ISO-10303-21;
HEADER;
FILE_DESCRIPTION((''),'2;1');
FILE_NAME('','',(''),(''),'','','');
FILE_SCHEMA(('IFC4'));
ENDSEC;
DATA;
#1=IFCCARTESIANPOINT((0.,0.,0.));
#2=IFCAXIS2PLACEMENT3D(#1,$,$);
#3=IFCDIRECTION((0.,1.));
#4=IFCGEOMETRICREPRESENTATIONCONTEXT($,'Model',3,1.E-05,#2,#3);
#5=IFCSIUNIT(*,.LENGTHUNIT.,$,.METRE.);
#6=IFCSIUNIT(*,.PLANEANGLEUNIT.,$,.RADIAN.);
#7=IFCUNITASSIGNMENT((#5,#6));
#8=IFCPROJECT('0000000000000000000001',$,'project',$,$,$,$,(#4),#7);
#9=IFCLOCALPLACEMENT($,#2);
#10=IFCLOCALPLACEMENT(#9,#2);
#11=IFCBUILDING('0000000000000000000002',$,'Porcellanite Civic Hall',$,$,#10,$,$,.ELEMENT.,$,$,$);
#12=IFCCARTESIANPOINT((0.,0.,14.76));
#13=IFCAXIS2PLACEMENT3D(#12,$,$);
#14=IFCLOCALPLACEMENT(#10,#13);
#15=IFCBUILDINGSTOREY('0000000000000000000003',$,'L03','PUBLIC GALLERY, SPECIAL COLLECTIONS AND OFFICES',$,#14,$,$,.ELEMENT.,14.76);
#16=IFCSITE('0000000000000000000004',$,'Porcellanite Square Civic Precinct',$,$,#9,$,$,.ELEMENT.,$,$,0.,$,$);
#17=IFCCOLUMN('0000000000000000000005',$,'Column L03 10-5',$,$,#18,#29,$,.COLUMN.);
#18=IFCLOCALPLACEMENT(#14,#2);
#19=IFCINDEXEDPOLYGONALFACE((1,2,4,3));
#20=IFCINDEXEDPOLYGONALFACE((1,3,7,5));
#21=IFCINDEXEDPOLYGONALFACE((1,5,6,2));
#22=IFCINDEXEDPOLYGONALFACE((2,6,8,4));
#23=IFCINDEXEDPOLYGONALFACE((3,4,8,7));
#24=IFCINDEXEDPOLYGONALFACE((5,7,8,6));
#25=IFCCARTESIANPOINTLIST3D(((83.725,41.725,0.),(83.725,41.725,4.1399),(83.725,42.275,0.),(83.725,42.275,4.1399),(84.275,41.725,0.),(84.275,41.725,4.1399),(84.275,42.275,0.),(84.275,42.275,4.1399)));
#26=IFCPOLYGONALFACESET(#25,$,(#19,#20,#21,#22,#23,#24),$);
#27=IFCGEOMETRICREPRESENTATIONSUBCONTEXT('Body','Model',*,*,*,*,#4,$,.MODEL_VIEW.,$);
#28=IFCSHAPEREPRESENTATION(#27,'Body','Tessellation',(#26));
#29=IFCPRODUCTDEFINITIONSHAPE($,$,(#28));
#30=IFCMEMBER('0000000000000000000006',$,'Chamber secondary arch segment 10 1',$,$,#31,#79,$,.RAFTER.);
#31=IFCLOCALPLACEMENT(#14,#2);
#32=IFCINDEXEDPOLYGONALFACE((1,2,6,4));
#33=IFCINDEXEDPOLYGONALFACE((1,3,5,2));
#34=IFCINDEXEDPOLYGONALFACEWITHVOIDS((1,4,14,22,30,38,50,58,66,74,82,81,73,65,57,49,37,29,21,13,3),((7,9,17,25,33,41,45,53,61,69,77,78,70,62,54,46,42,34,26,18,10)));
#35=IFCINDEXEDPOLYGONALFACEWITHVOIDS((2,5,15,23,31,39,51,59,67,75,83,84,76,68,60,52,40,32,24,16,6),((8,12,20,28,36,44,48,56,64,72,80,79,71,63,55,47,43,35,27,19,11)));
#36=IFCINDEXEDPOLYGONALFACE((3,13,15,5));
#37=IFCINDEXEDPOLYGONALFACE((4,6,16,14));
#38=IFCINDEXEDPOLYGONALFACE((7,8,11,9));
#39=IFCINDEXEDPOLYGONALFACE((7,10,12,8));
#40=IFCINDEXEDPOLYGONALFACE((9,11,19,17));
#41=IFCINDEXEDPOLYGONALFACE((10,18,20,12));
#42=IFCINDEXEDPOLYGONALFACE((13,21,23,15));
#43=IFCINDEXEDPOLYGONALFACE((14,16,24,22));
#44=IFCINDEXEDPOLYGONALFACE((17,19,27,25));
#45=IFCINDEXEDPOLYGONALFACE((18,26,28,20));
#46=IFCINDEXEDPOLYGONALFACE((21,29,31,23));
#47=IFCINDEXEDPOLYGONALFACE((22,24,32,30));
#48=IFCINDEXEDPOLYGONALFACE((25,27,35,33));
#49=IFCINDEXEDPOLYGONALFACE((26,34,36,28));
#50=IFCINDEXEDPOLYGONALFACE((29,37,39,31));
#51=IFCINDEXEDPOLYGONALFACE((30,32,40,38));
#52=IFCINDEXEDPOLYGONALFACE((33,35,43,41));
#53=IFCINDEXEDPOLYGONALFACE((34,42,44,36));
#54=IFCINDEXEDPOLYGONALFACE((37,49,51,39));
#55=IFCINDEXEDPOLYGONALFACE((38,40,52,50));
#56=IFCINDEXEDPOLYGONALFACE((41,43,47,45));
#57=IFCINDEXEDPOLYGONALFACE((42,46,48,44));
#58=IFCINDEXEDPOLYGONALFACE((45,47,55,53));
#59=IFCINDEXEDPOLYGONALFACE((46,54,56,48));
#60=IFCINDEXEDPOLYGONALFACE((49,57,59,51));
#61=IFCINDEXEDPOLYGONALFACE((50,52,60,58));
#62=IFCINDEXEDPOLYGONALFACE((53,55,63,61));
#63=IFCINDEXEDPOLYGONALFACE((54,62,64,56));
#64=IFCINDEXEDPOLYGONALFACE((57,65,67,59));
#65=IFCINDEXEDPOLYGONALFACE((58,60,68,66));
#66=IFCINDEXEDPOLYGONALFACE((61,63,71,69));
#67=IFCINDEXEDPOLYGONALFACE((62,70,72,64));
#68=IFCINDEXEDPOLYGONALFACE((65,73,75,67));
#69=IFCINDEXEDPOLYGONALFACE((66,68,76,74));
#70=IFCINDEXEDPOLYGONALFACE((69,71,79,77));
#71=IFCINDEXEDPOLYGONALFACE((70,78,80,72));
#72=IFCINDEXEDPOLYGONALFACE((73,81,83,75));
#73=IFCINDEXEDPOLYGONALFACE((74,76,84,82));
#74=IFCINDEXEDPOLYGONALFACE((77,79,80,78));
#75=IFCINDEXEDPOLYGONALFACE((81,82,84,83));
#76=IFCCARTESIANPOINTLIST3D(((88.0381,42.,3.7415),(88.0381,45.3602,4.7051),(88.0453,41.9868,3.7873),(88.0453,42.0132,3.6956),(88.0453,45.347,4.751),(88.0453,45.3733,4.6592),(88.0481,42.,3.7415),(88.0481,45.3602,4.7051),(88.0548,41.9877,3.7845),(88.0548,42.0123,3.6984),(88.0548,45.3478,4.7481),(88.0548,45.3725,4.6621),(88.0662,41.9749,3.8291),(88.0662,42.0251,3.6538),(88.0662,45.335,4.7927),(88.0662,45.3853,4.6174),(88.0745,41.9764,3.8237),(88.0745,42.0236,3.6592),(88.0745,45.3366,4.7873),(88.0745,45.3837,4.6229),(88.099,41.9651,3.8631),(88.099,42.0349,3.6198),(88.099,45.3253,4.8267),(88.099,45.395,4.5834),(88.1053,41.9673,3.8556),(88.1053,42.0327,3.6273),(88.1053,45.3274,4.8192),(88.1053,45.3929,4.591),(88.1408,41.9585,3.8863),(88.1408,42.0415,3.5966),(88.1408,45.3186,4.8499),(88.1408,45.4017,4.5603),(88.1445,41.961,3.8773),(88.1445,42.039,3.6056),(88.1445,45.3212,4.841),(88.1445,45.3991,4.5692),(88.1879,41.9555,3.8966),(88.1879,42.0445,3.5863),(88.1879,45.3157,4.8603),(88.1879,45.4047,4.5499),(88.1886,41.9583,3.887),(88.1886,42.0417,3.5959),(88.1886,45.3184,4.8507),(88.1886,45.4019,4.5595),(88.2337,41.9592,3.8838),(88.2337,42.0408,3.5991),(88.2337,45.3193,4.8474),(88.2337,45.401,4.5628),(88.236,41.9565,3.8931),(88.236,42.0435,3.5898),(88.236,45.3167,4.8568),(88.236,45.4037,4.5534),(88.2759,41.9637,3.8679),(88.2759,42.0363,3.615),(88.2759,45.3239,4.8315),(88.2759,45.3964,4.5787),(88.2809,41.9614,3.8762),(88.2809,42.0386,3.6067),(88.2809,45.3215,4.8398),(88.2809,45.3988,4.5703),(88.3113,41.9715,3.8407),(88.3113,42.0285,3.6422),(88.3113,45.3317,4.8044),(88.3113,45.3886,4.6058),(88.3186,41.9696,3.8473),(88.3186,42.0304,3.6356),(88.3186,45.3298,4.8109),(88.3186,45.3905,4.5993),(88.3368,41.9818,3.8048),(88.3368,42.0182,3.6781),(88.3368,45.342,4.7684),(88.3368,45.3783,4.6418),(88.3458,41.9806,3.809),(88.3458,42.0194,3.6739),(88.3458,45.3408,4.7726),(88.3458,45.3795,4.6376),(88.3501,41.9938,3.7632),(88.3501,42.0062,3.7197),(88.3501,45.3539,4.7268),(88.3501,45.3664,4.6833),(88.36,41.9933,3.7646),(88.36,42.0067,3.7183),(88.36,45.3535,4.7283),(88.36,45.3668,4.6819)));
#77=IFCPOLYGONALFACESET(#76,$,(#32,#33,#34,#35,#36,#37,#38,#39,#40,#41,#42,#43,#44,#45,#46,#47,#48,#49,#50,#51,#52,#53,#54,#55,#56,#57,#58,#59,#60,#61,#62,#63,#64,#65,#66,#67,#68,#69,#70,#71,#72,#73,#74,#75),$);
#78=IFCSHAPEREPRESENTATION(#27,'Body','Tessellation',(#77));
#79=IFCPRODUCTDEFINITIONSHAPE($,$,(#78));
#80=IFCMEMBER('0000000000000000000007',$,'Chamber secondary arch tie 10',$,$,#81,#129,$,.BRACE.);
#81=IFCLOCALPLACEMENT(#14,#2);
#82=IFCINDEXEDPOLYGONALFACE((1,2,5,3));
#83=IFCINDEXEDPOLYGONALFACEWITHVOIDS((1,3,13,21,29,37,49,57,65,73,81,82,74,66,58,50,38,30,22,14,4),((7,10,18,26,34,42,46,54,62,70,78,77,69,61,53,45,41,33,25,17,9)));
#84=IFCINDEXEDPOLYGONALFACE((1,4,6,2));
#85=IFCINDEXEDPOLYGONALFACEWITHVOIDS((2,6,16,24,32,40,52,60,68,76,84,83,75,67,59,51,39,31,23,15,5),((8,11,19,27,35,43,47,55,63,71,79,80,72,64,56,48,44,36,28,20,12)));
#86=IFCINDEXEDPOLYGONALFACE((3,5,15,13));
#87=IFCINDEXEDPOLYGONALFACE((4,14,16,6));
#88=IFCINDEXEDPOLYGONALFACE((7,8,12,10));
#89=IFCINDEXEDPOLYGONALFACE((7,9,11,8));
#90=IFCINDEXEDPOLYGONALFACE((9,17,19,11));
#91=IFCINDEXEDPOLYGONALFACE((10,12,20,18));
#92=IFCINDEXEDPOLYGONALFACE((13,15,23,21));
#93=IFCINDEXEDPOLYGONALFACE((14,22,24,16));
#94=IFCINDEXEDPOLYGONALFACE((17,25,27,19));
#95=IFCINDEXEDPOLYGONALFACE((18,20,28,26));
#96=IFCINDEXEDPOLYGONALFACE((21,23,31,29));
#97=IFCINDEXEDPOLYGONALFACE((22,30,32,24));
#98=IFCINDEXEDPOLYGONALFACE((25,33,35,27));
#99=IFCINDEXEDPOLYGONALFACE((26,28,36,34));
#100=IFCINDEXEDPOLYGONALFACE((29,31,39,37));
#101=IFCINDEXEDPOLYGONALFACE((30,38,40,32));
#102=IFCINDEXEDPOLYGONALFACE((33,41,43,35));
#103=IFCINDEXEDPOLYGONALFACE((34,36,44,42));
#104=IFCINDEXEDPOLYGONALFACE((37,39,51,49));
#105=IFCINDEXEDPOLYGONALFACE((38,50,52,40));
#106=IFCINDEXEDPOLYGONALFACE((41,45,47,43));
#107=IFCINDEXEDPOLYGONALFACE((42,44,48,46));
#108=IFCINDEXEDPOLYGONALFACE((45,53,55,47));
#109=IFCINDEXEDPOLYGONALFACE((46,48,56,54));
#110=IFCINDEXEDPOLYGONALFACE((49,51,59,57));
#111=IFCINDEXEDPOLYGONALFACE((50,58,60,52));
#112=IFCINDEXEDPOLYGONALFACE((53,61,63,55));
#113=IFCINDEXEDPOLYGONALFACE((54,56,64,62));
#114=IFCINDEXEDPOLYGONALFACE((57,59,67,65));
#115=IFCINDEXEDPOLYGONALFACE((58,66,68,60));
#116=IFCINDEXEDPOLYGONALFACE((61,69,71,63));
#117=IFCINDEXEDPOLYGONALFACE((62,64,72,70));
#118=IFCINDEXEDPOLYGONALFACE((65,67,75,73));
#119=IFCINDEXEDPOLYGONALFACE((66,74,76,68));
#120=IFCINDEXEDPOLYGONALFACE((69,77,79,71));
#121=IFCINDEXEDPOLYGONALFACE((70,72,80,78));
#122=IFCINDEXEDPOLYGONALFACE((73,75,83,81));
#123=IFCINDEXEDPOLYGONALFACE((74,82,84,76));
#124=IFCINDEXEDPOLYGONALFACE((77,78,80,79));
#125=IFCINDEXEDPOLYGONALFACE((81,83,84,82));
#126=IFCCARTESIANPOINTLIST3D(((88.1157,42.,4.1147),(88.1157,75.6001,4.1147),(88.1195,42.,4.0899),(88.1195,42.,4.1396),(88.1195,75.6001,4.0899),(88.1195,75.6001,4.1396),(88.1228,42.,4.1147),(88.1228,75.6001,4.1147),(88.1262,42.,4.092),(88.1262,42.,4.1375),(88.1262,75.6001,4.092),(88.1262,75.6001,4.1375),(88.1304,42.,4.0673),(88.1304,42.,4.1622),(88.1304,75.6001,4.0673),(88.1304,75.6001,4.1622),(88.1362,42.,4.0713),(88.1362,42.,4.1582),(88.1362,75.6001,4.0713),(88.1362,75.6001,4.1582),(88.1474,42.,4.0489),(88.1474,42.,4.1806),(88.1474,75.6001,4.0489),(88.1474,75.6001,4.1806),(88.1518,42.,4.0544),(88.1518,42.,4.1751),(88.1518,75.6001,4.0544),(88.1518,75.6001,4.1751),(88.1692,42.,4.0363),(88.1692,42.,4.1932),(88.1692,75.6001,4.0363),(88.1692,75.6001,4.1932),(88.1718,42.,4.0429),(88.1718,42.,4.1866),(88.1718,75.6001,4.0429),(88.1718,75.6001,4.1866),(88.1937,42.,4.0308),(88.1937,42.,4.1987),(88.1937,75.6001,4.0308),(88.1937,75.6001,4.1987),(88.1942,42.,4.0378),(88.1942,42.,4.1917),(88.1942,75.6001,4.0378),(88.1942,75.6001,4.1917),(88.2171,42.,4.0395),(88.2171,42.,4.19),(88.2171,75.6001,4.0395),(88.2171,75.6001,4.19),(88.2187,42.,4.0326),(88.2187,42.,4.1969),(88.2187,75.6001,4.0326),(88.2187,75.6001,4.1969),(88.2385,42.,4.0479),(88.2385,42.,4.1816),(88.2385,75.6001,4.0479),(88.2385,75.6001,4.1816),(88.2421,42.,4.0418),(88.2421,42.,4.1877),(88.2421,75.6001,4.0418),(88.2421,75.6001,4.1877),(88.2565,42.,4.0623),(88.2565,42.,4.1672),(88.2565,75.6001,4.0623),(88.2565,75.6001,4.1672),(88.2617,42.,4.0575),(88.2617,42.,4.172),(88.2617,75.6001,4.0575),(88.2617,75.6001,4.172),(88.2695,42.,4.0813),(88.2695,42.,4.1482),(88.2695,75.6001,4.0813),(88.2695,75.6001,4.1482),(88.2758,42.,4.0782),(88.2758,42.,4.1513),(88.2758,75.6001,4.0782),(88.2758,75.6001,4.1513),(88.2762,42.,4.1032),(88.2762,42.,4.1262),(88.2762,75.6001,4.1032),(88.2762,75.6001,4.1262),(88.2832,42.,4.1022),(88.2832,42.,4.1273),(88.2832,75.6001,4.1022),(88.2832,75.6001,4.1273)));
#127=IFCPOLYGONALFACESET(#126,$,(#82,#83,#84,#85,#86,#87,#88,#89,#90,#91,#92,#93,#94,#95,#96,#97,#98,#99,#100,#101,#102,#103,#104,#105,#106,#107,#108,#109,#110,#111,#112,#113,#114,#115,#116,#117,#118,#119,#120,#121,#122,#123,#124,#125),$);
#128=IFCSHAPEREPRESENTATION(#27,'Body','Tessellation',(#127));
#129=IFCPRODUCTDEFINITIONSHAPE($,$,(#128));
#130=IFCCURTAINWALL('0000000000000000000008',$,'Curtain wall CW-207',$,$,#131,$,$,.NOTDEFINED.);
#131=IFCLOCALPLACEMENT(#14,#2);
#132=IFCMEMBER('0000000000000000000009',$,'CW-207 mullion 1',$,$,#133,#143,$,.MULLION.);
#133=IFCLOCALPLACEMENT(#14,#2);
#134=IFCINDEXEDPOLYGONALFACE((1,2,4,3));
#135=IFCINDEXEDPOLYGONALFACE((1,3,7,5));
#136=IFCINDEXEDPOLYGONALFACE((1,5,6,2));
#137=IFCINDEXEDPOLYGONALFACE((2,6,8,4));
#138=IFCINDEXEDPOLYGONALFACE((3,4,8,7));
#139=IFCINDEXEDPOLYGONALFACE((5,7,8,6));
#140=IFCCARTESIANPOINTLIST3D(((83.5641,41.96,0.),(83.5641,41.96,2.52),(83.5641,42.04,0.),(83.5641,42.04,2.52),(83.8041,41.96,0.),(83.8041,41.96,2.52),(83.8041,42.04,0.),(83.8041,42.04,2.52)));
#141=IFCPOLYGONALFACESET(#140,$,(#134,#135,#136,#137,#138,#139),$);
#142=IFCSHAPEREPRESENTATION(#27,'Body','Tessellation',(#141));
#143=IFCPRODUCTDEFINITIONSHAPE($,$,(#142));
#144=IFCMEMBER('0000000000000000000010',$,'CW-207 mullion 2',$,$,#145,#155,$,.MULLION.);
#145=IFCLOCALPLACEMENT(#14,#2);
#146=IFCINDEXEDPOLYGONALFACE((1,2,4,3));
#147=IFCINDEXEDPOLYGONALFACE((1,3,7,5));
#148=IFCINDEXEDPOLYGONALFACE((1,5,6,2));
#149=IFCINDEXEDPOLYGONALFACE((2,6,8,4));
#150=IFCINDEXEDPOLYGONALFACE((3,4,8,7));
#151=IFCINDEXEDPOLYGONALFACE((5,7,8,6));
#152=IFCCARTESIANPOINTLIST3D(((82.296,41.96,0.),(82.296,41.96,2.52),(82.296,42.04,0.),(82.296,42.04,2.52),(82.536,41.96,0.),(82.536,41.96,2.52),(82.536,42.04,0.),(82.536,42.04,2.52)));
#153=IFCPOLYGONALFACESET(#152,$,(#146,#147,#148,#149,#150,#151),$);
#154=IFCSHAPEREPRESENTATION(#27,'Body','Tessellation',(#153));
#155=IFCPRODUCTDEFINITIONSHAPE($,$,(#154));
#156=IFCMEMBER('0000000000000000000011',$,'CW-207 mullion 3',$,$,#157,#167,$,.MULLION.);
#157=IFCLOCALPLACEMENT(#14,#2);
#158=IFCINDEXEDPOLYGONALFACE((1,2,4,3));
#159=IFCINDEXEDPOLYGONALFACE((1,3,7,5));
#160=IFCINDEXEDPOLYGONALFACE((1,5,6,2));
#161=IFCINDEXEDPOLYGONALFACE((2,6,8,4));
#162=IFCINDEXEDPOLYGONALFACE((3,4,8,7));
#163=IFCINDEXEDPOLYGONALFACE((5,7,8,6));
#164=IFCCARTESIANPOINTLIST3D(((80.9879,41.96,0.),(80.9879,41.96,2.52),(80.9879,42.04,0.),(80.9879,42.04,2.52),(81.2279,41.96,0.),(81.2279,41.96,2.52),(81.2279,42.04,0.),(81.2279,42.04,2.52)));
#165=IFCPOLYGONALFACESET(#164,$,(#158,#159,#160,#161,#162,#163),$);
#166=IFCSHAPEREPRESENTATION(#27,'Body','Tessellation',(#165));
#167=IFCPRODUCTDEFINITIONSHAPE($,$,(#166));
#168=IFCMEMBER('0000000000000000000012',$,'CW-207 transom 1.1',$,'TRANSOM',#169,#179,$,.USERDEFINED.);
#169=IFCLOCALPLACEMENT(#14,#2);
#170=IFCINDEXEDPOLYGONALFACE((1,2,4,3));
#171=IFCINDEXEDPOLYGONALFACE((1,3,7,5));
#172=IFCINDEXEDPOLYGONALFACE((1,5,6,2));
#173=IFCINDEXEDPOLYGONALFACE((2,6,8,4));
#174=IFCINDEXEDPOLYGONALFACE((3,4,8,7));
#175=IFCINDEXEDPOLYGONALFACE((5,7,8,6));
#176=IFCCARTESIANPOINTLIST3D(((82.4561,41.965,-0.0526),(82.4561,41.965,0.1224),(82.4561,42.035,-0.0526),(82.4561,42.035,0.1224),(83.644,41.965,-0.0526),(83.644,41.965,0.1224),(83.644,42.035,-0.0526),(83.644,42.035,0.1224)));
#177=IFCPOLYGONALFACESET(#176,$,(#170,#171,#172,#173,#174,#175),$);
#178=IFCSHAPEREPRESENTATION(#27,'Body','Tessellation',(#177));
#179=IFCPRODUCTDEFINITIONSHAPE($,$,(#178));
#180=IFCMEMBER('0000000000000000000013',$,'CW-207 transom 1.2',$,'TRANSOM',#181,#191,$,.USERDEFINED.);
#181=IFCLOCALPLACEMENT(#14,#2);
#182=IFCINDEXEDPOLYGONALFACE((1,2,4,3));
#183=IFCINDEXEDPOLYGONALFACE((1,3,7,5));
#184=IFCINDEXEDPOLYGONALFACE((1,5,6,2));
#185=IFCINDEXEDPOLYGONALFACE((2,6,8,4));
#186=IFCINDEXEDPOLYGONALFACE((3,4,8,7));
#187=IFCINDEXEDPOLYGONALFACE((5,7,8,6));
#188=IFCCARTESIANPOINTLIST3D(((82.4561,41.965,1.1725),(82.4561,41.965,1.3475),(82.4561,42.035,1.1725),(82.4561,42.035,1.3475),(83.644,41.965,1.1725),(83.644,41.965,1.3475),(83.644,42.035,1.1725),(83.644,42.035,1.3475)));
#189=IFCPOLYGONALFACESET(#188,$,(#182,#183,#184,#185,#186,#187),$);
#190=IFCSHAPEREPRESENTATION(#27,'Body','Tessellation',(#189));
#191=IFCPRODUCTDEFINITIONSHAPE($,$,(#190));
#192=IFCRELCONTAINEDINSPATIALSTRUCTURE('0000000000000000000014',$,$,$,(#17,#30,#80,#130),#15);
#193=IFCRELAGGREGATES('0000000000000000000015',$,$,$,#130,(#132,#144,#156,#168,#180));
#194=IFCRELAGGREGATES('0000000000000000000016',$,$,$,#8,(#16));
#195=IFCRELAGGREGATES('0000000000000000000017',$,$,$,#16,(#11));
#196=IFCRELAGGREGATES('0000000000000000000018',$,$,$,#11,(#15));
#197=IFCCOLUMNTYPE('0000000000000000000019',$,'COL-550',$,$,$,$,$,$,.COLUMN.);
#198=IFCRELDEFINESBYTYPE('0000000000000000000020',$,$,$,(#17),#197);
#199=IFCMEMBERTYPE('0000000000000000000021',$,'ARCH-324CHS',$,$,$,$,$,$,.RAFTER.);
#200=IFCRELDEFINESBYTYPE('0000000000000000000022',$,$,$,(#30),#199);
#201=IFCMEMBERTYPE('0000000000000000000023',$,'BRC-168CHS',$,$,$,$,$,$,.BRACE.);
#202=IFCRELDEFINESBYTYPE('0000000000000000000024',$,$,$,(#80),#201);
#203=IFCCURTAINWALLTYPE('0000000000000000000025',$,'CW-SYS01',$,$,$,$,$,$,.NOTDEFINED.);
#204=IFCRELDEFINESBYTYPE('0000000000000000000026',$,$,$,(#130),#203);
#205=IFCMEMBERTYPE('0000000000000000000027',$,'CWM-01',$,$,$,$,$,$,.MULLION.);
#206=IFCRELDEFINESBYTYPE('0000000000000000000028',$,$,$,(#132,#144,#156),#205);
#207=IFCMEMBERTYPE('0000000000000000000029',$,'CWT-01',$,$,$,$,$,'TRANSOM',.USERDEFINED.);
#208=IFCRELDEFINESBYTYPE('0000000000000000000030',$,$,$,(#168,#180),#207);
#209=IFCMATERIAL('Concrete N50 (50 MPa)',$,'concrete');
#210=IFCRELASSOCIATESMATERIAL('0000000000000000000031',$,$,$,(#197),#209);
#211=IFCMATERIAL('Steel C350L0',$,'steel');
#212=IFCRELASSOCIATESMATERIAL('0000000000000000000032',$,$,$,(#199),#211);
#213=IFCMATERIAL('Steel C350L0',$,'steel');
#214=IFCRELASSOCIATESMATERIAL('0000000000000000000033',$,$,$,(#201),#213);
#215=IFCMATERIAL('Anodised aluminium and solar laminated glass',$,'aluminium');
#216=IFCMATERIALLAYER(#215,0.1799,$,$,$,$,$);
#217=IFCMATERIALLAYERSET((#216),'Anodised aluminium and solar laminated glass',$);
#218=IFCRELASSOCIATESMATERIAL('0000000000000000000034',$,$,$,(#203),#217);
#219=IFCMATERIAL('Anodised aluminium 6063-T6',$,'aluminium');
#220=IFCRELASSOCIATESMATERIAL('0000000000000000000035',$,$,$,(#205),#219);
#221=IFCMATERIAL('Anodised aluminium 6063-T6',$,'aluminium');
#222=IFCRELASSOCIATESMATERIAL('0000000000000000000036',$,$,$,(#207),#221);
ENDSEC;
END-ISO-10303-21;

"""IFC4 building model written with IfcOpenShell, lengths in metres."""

from ifc_helpers import new_model, si_unit, direction, frame, origin, origin_2d, place, context, subcontext, project, spatial, rectangle, hollow_circle, extrude, material, layer, layer_set, material_profile, profile_set, type_object, element, aggregate, save


model = new_model("IFC4")

# Units and contexts
model_context = context("Model", 3, precision=1e-05, world=origin(), true_north=direction((0.0, 1.0)))
body_context = subcontext(model_context, "Body", "Model", "MODEL_VIEW")
ifc_project = project(units=[si_unit("LENGTHUNIT", "METRE"), si_unit("PLANEANGLEUNIT", "RADIAN")], contexts=[model_context])

# Site, building, storey
site_placement = place(None, origin())
site = spatial("IfcSite", under=ifc_project, at=site_placement, Name="Porcellanite Square Civic Precinct", CompositionType="ELEMENT", RefElevation=0.0)
building_placement = place(site_placement, origin())
building = spatial("IfcBuilding", under=site, at=building_placement, Name="Porcellanite Civic Hall", CompositionType="ELEMENT")
storey_placement = place(building_placement, frame((0.0, 0.0, 14.76)))
storey = spatial("IfcBuildingStorey", under=building, at=storey_placement, Name="L03", Description="PUBLIC GALLERY, SPECIAL COLLECTIONS AND OFFICES", CompositionType="ELEMENT", Elevation=14.76)

# Column
ifc_material_1 = material(Name="Concrete N50 (50 MPa)", Category="concrete")
ifc_material_profile_1 = material_profile(ifc_material_1, rectangle(XDim=0.55, YDim=0.55, at=origin_2d()), Name="RC-550x550")
ifc_profile_set_1 = profile_set([ifc_material_profile_1], Name="Concrete N50 (50 MPa)")
column_type = type_object("IfcColumnType", Name="COL-550", PredefinedType="COLUMN", material=ifc_profile_set_1)
column_placement = place(storey_placement, frame((84.0, 42.0, 0.0), z_axis=(0.0, 0.0, 1.0), x_axis=(1.0, 0.0, 0.0)))
element("IfcColumn", 1, at=column_placement, inside=storey, type_object=column_type, Name="Column L03 10-5", PredefinedType="COLUMN", context=body_context, shape_type="SweptSolid", body=[
    extrude(rectangle(XDim=0.55, YDim=0.55, at=origin_2d()), origin(), (0.0, 0.0, 1.0), 4.1399),
])

# Members
ifc_material_2 = material(Name="Steel C350L0", Category="steel")
ifc_material_profile_2 = material_profile(ifc_material_2, hollow_circle(Radius=0.1619, WallThickness=0.01, at=origin_2d()), Name="323.9x10.0CHS")
ifc_profile_set_2 = profile_set([ifc_material_profile_2], Name="Steel C350L0")
member_type_1 = type_object("IfcMemberType", Name="ARCH-324CHS", PredefinedType="RAFTER", material=ifc_profile_set_2)
member_1_placement = place(storey_placement, frame((88.2, 42.0, 3.7415), z_axis=(0.0, 0.961252, 0.275671), x_axis=(-1.0, 0.0, 0.0)))
element("IfcMember", 2, at=member_1_placement, inside=storey, type_object=member_type_1, Name="Chamber secondary arch segment 10 1", PredefinedType="RAFTER", context=body_context, shape_type="SweptSolid", body=[
    extrude(hollow_circle(Radius=0.1619, WallThickness=0.01, at=origin_2d()), origin(), (0.0, 0.0, 1.0), 3.4956),
])
ifc_material_3 = material(Name="Steel C350L0", Category="steel")
ifc_material_profile_3 = material_profile(ifc_material_3, hollow_circle(Radius=0.0842, WallThickness=0.0071, at=origin_2d()), Name="168.3x7.1CHS")
ifc_profile_set_3 = profile_set([ifc_material_profile_3], Name="Steel C350L0")
member_type_2 = type_object("IfcMemberType", Name="BRC-168CHS", PredefinedType="BRACE", material=ifc_profile_set_3)
member_2_placement = place(storey_placement, frame((88.2, 42.0, 4.1147), z_axis=(0.0, 1.0, 0.0), x_axis=(-1.0, 0.0, 0.0)))
element("IfcMember", 3, at=member_2_placement, inside=storey, type_object=member_type_2, Name="Chamber secondary arch tie 10", PredefinedType="BRACE", context=body_context, shape_type="SweptSolid", body=[
    extrude(hollow_circle(Radius=0.0842, WallThickness=0.0071, at=origin_2d()), origin(), (0.0, 0.0, 1.0), 33.6001),
])

# Curtain wall, members
ifc_material_4 = material(Name="Anodised aluminium and solar laminated glass", Category="aluminium")
ifc_layer_1 = layer(ifc_material_4, 0.1799)
ifc_layer_set_1 = layer_set([ifc_layer_1], Name="Anodised aluminium and solar laminated glass")
curtain_wall_type = type_object("IfcCurtainWallType", Name="CW-SYS01", PredefinedType="NOTDEFINED", material=ifc_layer_set_1)
curtain_wall_placement = place(storey_placement, origin())
curtain_wall = element("IfcCurtainWall", 4, at=curtain_wall_placement, inside=storey, type_object=curtain_wall_type, Name="Curtain wall CW-207", PredefinedType="NOTDEFINED")
ifc_material_5 = material(Name="Anodised aluminium 6063-T6", Category="aluminium")
ifc_material_profile_4 = material_profile(ifc_material_5, rectangle(XDim=0.0801, YDim=0.24, at=origin_2d()), Name="AL-80x240")
ifc_profile_set_4 = profile_set([ifc_material_profile_4], Name="Anodised aluminium 6063-T6")
member_type_3 = type_object("IfcMemberType", Name="CWM-01", PredefinedType="MULLION", material=ifc_profile_set_4)
member_3_placement = place(storey_placement, frame((83.6841, 42.0, 0.0), z_axis=(0.0, 0.0, 1.0), x_axis=(0.0, -1.0, 0.0)))
member_3 = element("IfcMember", 5, at=member_3_placement, type_object=member_type_3, Name="CW-207 mullion 1", PredefinedType="MULLION", context=body_context, shape_type="SweptSolid", body=[
    extrude(rectangle(XDim=0.0801, YDim=0.24, at=origin_2d()), origin(), (0.0, 0.0, 1.0), 2.52),
])
member_4_placement = place(storey_placement, frame((82.416, 42.0, 0.0), z_axis=(0.0, 0.0, 1.0), x_axis=(0.0, -1.0, 0.0)))
member_4 = element("IfcMember", 6, at=member_4_placement, type_object=member_type_3, Name="CW-207 mullion 2", PredefinedType="MULLION", context=body_context, shape_type="SweptSolid", body=[
    extrude(rectangle(XDim=0.0801, YDim=0.24, at=origin_2d()), origin(), (0.0, 0.0, 1.0), 2.52),
])
member_5_placement = place(storey_placement, frame((81.1079, 42.0, 0.0), z_axis=(0.0, 0.0, 1.0), x_axis=(0.0, -1.0, 0.0)))
member_5 = element("IfcMember", 7, at=member_5_placement, type_object=member_type_3, Name="CW-207 mullion 3", PredefinedType="MULLION", context=body_context, shape_type="SweptSolid", body=[
    extrude(rectangle(XDim=0.0801, YDim=0.24, at=origin_2d()), origin(), (0.0, 0.0, 1.0), 2.52),
])
ifc_material_6 = material(Name="Anodised aluminium 6063-T6", Category="aluminium")
ifc_material_profile_5 = material_profile(ifc_material_6, rectangle(XDim=0.0701, YDim=0.175, at=origin_2d()), Name="AL-70x175")
ifc_profile_set_5 = profile_set([ifc_material_profile_5], Name="Anodised aluminium 6063-T6")
member_type_4 = type_object("IfcMemberType", Name="CWT-01", ElementType="TRANSOM", PredefinedType="USERDEFINED", material=ifc_profile_set_5)
member_6_placement = place(storey_placement, frame((83.644, 42.0, 0.0349), z_axis=(-1.0, 0.0, 0.0), x_axis=(0.0, -1.0, 0.0)))
member_6 = element("IfcMember", 8, at=member_6_placement, type_object=member_type_4, Name="CW-207 transom 1.1", ObjectType="TRANSOM", PredefinedType="USERDEFINED", context=body_context, shape_type="SweptSolid", body=[
    extrude(rectangle(XDim=0.0701, YDim=0.175, at=origin_2d()), origin(), (0.0, 0.0, 1.0), 1.188),
])
member_7_placement = place(storey_placement, frame((83.644, 42.0, 1.26), z_axis=(-1.0, 0.0, 0.0), x_axis=(0.0, -1.0, 0.0)))
member_7 = element("IfcMember", 9, at=member_7_placement, type_object=member_type_4, Name="CW-207 transom 1.2", ObjectType="TRANSOM", PredefinedType="USERDEFINED", context=body_context, shape_type="SweptSolid", body=[
    extrude(rectangle(XDim=0.0701, YDim=0.175, at=origin_2d()), origin(), (0.0, 0.0, 1.0), 1.188),
])

aggregate(curtain_wall, [member_3, member_4, member_5, member_6, member_7])

save(model, "model.ifc")
